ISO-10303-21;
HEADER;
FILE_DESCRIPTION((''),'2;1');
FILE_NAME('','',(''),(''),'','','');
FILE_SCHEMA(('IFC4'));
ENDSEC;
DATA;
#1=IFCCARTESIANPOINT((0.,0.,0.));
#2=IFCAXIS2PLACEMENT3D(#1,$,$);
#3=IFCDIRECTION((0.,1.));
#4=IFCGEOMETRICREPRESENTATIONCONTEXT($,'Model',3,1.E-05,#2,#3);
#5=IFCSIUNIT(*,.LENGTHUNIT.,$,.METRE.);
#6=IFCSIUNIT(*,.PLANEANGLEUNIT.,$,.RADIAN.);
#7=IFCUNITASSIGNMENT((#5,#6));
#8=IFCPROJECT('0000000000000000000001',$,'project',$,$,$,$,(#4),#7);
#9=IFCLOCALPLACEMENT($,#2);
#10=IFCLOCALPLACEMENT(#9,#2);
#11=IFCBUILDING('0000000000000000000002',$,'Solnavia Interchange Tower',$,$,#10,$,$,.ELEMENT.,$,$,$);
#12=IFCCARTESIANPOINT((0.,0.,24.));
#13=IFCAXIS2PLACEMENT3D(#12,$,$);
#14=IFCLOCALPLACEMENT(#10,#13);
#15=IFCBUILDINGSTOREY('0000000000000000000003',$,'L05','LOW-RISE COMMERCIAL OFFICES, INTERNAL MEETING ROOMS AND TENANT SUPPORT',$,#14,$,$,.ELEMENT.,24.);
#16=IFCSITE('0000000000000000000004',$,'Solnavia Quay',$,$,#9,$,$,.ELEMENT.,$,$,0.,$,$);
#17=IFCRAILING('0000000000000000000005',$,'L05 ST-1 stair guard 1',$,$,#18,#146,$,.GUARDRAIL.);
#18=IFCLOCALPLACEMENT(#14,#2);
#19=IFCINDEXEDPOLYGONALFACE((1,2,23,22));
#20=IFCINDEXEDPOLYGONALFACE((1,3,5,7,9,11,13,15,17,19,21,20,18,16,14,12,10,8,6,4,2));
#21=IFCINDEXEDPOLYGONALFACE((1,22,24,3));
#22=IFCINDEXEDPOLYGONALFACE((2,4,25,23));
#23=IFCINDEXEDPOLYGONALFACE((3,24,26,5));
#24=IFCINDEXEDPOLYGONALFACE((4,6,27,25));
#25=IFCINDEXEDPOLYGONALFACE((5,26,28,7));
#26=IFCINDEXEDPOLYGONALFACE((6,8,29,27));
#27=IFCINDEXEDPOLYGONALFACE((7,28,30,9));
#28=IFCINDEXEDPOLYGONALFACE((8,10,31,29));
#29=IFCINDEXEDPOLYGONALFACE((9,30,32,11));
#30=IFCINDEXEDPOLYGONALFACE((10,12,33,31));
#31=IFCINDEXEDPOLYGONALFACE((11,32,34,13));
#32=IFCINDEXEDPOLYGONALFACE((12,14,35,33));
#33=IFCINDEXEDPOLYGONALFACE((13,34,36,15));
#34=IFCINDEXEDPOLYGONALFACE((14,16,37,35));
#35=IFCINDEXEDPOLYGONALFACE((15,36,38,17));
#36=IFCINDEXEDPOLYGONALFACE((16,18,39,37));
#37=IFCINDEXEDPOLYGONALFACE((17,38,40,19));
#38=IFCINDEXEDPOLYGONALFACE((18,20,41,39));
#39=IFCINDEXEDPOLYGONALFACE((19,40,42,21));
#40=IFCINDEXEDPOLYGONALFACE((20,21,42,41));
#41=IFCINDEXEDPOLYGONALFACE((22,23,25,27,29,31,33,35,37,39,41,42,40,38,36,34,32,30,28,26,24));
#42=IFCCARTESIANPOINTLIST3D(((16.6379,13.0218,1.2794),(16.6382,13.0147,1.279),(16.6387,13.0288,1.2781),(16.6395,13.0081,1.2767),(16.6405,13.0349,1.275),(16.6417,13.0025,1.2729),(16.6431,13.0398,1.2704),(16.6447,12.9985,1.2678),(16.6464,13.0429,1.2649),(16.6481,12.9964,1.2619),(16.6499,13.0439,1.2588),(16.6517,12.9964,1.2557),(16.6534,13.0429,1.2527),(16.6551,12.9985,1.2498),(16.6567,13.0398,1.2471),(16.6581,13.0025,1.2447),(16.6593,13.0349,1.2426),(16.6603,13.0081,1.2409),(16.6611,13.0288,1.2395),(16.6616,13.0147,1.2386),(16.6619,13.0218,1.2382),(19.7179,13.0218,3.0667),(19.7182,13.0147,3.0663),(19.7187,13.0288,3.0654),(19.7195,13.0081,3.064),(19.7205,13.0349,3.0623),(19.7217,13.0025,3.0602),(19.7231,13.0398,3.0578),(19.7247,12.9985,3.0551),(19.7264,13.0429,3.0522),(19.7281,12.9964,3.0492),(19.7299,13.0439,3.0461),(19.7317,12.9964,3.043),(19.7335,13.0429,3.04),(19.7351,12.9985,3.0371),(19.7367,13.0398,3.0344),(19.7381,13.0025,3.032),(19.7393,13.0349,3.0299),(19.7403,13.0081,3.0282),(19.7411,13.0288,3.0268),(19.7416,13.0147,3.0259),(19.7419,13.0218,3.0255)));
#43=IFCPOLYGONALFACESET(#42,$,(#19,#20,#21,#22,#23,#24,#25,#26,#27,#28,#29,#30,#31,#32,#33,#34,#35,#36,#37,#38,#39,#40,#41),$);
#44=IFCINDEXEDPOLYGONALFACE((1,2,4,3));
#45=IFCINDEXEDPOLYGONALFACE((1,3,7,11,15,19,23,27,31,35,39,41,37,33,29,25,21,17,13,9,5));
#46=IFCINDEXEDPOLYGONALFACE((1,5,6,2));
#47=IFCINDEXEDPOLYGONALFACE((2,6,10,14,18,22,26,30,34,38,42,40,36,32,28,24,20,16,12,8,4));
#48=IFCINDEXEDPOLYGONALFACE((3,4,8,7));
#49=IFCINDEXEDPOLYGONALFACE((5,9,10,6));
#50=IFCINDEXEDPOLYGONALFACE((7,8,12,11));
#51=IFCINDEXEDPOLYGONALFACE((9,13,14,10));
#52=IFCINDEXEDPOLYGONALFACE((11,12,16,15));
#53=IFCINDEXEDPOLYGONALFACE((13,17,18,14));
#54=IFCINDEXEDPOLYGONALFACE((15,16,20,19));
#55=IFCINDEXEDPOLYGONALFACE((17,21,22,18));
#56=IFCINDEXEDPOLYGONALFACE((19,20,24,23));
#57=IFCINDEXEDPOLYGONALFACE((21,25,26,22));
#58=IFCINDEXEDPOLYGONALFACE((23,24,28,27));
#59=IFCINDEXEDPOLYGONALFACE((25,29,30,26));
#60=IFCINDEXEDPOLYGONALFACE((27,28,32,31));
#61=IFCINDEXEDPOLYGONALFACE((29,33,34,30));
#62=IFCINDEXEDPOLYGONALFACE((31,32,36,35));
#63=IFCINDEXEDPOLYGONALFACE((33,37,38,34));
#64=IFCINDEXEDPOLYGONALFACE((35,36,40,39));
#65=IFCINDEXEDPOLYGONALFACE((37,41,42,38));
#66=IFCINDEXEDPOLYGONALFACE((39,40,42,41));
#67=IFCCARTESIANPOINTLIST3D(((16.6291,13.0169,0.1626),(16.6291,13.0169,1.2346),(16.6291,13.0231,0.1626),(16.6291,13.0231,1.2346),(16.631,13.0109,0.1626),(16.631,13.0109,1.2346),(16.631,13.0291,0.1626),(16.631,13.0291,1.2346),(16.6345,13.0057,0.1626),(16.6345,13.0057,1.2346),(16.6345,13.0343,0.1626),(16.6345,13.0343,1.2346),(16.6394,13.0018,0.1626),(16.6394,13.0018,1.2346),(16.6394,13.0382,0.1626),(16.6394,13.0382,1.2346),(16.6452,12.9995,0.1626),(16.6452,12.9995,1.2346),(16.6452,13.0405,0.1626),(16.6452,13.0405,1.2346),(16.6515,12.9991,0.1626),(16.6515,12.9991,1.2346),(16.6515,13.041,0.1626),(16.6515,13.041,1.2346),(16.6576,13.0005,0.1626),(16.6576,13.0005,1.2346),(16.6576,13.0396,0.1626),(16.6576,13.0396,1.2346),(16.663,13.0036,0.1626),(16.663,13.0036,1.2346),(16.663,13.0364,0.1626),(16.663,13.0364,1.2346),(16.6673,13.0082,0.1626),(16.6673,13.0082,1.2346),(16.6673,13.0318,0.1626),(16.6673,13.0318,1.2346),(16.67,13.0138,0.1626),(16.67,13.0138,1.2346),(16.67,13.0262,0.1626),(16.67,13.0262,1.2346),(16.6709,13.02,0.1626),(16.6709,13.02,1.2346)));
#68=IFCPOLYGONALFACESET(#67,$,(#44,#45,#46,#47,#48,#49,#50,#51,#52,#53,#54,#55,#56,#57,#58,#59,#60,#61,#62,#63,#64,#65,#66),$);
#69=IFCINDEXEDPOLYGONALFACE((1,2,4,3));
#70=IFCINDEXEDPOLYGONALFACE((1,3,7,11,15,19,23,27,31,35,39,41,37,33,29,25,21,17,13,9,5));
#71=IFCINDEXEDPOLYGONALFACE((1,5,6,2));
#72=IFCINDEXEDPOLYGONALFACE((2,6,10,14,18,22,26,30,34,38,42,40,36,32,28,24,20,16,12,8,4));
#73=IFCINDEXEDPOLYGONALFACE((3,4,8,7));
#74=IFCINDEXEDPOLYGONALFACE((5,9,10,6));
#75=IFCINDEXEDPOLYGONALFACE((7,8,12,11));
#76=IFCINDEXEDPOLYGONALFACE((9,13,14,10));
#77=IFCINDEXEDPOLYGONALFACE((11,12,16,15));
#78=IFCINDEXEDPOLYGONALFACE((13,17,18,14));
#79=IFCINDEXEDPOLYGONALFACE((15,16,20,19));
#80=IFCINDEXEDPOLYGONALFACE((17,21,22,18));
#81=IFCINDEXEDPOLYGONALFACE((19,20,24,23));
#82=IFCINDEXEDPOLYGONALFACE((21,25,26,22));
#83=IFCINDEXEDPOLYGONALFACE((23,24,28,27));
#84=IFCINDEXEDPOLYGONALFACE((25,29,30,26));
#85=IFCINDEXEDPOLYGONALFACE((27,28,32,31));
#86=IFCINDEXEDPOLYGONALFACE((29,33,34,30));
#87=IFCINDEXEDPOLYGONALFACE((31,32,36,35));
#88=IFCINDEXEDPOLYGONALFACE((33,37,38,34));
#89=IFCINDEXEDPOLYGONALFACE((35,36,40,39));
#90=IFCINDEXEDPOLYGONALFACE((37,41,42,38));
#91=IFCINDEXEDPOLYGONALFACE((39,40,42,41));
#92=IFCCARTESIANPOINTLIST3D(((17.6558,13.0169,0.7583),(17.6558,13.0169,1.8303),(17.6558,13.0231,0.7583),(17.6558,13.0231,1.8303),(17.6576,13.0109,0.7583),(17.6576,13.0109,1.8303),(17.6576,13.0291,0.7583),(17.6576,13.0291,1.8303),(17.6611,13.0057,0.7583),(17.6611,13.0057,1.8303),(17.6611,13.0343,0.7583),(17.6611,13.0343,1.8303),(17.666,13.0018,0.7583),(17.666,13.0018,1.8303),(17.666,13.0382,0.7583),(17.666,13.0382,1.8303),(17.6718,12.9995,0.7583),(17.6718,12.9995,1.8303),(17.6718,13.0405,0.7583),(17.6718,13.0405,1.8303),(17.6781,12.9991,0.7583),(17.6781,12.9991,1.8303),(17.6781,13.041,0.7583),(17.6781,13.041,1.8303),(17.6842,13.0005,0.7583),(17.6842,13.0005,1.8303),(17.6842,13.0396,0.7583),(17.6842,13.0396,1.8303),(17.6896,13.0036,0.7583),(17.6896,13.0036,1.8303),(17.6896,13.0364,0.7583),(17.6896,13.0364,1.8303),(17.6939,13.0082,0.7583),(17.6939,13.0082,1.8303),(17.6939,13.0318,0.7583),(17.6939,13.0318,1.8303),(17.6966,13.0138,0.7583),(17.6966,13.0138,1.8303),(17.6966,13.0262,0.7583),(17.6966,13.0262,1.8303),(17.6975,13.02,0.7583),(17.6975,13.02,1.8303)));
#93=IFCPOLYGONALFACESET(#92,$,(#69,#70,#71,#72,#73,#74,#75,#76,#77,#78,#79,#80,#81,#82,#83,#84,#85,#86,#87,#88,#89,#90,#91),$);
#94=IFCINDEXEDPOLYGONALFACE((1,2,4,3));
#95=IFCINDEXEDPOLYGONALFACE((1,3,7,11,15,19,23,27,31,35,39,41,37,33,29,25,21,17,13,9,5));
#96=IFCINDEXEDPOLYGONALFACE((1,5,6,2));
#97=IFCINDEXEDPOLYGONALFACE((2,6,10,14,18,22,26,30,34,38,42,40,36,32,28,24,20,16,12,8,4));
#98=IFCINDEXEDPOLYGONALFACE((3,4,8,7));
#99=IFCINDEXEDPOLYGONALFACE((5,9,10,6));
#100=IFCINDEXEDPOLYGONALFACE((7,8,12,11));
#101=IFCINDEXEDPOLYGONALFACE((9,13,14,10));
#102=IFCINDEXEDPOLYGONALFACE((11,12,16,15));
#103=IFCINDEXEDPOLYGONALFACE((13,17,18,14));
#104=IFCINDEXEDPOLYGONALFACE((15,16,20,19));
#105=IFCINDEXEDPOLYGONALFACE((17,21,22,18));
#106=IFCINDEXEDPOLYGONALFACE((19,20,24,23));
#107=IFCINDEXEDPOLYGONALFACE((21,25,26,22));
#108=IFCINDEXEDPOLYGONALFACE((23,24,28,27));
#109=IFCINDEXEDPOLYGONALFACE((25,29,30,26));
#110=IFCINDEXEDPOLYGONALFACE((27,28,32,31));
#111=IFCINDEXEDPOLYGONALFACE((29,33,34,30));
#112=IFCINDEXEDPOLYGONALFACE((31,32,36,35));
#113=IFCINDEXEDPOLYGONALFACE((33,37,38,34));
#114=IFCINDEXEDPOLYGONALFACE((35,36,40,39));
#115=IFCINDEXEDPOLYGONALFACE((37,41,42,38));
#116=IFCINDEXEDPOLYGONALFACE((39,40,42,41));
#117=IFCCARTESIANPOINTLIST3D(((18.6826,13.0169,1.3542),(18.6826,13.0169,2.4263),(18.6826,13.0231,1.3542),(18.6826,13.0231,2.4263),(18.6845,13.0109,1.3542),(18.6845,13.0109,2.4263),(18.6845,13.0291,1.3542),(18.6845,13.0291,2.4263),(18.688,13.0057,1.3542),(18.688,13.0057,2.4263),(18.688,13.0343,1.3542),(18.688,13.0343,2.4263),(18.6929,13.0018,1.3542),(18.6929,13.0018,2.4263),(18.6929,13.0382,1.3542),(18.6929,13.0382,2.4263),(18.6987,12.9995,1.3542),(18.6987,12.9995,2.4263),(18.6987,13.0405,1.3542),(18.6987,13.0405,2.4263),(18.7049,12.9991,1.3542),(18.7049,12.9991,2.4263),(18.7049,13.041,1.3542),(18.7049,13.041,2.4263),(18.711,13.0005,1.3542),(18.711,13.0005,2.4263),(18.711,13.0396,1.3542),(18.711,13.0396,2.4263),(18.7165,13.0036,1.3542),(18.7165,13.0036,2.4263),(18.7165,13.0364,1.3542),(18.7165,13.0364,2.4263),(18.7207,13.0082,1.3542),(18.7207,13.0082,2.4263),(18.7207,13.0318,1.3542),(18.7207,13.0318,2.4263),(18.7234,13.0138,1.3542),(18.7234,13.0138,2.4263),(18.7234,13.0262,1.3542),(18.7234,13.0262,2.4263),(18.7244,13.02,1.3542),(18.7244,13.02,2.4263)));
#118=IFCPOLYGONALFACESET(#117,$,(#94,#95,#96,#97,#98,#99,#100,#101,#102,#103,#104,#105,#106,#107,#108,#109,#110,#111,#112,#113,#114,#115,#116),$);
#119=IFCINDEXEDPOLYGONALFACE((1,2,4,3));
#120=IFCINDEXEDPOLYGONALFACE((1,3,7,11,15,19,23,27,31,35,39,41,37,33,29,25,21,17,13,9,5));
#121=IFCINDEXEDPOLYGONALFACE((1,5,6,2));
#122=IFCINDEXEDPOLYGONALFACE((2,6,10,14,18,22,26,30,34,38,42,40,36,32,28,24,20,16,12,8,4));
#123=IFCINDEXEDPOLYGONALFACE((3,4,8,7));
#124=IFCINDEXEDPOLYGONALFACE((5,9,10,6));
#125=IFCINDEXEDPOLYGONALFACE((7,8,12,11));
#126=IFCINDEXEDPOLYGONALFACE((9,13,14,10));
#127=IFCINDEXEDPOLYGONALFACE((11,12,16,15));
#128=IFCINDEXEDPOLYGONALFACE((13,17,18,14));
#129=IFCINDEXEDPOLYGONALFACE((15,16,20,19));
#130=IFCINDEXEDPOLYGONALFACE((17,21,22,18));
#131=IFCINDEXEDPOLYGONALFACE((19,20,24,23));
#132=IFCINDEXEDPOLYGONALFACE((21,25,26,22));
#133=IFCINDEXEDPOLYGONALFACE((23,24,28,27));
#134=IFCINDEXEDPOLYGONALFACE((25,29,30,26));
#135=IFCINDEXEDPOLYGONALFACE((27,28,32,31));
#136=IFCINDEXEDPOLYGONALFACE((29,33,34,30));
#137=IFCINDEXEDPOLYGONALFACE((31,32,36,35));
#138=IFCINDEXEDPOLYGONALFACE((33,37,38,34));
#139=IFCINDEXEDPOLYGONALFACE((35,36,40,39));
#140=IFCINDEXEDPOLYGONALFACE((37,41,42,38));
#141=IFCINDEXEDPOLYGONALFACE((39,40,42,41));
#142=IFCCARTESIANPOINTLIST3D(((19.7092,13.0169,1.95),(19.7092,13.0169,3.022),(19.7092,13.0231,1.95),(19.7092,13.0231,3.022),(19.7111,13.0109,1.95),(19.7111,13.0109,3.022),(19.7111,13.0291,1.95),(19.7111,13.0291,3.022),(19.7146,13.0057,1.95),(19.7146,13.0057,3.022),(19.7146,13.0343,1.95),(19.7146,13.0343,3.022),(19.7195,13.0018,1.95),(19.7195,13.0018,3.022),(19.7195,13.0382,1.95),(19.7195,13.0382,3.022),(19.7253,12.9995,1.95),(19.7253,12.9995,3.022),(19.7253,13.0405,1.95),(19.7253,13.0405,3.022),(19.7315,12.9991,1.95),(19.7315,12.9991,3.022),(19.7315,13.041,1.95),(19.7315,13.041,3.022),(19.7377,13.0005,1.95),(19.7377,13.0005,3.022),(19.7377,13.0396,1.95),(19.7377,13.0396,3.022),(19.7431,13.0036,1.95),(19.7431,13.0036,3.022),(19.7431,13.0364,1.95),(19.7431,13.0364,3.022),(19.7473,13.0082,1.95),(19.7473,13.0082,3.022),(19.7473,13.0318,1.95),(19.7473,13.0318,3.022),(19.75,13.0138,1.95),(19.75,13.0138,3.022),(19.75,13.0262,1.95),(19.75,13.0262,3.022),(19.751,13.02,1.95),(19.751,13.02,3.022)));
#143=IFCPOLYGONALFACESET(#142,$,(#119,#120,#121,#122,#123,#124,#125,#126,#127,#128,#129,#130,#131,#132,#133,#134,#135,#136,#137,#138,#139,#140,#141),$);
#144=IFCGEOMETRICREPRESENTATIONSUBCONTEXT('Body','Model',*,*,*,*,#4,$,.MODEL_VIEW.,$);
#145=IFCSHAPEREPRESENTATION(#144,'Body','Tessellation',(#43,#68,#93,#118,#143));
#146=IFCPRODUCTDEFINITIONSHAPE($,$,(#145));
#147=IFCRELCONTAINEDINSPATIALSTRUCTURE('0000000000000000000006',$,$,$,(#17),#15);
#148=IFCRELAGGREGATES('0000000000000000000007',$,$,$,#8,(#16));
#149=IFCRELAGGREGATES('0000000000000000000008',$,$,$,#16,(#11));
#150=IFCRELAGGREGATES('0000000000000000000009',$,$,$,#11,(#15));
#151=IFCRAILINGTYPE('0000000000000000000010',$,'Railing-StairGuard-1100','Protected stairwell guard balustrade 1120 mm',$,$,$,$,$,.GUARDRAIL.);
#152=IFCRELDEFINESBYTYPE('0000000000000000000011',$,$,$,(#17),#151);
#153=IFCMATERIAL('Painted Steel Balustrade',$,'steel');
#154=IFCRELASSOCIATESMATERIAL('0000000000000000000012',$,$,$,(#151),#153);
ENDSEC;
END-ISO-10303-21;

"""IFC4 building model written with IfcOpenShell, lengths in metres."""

from ifc_helpers import new_model, si_unit, direction, frame, origin, origin_2d, place, context, subcontext, project, spatial, circle, extrude, material, type_object, element, save


model = new_model("IFC4")

# Units and contexts
model_context = context("Model", 3, precision=1e-05, world=origin(), true_north=direction((0.0, 1.0)))
body_context = subcontext(model_context, "Body", "Model", "MODEL_VIEW")
ifc_project = project(units=[si_unit("LENGTHUNIT", "METRE"), si_unit("PLANEANGLEUNIT", "RADIAN")], contexts=[model_context])

# Site, building, storey
site_placement = place(None, origin())
site = spatial("IfcSite", under=ifc_project, at=site_placement, Name="Solnavia Quay", CompositionType="ELEMENT", RefElevation=0.0)
building_placement = place(site_placement, origin())
building = spatial("IfcBuilding", under=site, at=building_placement, Name="Solnavia Interchange Tower", CompositionType="ELEMENT")
storey_placement = place(building_placement, frame((0.0, 0.0, 24.0)))
storey = spatial("IfcBuildingStorey", under=building, at=storey_placement, Name="L05", Description="LOW-RISE COMMERCIAL OFFICES, INTERNAL MEETING ROOMS AND TENANT SUPPORT", CompositionType="ELEMENT", Elevation=24.0)

# Railing
ifc_material_1 = material(Name="Painted Steel Balustrade", Category="steel")
railing_type_1 = type_object("IfcRailingType", Name="Railing-StairGuard-1100", Description="Protected stairwell guard balustrade 1120 mm", PredefinedType="GUARDRAIL", material=ifc_material_1)
railing_1_placement = place(storey_placement, frame((16.6499, 13.02, 0.1626)))
element("IfcRailing", 1, at=railing_1_placement, inside=storey, type_object=railing_type_1, Name="L05 ST-1 stair guard 1", PredefinedType="GUARDRAIL", context=body_context, shape_type="SweptSolid", body=[
    extrude(circle(Radius=0.0239, at=origin_2d()), frame((0.0, 0.0, 1.0962), z_axis=(0.86492, 0.0, 0.501909), x_axis=(0.0, 1.0, 0.0)), (0.0, 0.0, 1.0), 3.561),
    extrude(circle(Radius=0.021, at=origin_2d()), origin(), (0.0, 0.0, 1.0), 1.072),
    extrude(circle(Radius=0.021, at=origin_2d()), frame((1.0266, 0.0, 0.5957)), (0.0, 0.0, 1.0), 1.072),
    extrude(circle(Radius=0.021, at=origin_2d()), frame((2.0535, 0.0, 1.1917)), (0.0, 0.0, 1.0), 1.072),
    extrude(circle(Radius=0.021, at=origin_2d()), frame((3.0801, 0.0, 1.7874)), (0.0, 0.0, 1.0), 1.072),
])

save(model, "model.ifc")
